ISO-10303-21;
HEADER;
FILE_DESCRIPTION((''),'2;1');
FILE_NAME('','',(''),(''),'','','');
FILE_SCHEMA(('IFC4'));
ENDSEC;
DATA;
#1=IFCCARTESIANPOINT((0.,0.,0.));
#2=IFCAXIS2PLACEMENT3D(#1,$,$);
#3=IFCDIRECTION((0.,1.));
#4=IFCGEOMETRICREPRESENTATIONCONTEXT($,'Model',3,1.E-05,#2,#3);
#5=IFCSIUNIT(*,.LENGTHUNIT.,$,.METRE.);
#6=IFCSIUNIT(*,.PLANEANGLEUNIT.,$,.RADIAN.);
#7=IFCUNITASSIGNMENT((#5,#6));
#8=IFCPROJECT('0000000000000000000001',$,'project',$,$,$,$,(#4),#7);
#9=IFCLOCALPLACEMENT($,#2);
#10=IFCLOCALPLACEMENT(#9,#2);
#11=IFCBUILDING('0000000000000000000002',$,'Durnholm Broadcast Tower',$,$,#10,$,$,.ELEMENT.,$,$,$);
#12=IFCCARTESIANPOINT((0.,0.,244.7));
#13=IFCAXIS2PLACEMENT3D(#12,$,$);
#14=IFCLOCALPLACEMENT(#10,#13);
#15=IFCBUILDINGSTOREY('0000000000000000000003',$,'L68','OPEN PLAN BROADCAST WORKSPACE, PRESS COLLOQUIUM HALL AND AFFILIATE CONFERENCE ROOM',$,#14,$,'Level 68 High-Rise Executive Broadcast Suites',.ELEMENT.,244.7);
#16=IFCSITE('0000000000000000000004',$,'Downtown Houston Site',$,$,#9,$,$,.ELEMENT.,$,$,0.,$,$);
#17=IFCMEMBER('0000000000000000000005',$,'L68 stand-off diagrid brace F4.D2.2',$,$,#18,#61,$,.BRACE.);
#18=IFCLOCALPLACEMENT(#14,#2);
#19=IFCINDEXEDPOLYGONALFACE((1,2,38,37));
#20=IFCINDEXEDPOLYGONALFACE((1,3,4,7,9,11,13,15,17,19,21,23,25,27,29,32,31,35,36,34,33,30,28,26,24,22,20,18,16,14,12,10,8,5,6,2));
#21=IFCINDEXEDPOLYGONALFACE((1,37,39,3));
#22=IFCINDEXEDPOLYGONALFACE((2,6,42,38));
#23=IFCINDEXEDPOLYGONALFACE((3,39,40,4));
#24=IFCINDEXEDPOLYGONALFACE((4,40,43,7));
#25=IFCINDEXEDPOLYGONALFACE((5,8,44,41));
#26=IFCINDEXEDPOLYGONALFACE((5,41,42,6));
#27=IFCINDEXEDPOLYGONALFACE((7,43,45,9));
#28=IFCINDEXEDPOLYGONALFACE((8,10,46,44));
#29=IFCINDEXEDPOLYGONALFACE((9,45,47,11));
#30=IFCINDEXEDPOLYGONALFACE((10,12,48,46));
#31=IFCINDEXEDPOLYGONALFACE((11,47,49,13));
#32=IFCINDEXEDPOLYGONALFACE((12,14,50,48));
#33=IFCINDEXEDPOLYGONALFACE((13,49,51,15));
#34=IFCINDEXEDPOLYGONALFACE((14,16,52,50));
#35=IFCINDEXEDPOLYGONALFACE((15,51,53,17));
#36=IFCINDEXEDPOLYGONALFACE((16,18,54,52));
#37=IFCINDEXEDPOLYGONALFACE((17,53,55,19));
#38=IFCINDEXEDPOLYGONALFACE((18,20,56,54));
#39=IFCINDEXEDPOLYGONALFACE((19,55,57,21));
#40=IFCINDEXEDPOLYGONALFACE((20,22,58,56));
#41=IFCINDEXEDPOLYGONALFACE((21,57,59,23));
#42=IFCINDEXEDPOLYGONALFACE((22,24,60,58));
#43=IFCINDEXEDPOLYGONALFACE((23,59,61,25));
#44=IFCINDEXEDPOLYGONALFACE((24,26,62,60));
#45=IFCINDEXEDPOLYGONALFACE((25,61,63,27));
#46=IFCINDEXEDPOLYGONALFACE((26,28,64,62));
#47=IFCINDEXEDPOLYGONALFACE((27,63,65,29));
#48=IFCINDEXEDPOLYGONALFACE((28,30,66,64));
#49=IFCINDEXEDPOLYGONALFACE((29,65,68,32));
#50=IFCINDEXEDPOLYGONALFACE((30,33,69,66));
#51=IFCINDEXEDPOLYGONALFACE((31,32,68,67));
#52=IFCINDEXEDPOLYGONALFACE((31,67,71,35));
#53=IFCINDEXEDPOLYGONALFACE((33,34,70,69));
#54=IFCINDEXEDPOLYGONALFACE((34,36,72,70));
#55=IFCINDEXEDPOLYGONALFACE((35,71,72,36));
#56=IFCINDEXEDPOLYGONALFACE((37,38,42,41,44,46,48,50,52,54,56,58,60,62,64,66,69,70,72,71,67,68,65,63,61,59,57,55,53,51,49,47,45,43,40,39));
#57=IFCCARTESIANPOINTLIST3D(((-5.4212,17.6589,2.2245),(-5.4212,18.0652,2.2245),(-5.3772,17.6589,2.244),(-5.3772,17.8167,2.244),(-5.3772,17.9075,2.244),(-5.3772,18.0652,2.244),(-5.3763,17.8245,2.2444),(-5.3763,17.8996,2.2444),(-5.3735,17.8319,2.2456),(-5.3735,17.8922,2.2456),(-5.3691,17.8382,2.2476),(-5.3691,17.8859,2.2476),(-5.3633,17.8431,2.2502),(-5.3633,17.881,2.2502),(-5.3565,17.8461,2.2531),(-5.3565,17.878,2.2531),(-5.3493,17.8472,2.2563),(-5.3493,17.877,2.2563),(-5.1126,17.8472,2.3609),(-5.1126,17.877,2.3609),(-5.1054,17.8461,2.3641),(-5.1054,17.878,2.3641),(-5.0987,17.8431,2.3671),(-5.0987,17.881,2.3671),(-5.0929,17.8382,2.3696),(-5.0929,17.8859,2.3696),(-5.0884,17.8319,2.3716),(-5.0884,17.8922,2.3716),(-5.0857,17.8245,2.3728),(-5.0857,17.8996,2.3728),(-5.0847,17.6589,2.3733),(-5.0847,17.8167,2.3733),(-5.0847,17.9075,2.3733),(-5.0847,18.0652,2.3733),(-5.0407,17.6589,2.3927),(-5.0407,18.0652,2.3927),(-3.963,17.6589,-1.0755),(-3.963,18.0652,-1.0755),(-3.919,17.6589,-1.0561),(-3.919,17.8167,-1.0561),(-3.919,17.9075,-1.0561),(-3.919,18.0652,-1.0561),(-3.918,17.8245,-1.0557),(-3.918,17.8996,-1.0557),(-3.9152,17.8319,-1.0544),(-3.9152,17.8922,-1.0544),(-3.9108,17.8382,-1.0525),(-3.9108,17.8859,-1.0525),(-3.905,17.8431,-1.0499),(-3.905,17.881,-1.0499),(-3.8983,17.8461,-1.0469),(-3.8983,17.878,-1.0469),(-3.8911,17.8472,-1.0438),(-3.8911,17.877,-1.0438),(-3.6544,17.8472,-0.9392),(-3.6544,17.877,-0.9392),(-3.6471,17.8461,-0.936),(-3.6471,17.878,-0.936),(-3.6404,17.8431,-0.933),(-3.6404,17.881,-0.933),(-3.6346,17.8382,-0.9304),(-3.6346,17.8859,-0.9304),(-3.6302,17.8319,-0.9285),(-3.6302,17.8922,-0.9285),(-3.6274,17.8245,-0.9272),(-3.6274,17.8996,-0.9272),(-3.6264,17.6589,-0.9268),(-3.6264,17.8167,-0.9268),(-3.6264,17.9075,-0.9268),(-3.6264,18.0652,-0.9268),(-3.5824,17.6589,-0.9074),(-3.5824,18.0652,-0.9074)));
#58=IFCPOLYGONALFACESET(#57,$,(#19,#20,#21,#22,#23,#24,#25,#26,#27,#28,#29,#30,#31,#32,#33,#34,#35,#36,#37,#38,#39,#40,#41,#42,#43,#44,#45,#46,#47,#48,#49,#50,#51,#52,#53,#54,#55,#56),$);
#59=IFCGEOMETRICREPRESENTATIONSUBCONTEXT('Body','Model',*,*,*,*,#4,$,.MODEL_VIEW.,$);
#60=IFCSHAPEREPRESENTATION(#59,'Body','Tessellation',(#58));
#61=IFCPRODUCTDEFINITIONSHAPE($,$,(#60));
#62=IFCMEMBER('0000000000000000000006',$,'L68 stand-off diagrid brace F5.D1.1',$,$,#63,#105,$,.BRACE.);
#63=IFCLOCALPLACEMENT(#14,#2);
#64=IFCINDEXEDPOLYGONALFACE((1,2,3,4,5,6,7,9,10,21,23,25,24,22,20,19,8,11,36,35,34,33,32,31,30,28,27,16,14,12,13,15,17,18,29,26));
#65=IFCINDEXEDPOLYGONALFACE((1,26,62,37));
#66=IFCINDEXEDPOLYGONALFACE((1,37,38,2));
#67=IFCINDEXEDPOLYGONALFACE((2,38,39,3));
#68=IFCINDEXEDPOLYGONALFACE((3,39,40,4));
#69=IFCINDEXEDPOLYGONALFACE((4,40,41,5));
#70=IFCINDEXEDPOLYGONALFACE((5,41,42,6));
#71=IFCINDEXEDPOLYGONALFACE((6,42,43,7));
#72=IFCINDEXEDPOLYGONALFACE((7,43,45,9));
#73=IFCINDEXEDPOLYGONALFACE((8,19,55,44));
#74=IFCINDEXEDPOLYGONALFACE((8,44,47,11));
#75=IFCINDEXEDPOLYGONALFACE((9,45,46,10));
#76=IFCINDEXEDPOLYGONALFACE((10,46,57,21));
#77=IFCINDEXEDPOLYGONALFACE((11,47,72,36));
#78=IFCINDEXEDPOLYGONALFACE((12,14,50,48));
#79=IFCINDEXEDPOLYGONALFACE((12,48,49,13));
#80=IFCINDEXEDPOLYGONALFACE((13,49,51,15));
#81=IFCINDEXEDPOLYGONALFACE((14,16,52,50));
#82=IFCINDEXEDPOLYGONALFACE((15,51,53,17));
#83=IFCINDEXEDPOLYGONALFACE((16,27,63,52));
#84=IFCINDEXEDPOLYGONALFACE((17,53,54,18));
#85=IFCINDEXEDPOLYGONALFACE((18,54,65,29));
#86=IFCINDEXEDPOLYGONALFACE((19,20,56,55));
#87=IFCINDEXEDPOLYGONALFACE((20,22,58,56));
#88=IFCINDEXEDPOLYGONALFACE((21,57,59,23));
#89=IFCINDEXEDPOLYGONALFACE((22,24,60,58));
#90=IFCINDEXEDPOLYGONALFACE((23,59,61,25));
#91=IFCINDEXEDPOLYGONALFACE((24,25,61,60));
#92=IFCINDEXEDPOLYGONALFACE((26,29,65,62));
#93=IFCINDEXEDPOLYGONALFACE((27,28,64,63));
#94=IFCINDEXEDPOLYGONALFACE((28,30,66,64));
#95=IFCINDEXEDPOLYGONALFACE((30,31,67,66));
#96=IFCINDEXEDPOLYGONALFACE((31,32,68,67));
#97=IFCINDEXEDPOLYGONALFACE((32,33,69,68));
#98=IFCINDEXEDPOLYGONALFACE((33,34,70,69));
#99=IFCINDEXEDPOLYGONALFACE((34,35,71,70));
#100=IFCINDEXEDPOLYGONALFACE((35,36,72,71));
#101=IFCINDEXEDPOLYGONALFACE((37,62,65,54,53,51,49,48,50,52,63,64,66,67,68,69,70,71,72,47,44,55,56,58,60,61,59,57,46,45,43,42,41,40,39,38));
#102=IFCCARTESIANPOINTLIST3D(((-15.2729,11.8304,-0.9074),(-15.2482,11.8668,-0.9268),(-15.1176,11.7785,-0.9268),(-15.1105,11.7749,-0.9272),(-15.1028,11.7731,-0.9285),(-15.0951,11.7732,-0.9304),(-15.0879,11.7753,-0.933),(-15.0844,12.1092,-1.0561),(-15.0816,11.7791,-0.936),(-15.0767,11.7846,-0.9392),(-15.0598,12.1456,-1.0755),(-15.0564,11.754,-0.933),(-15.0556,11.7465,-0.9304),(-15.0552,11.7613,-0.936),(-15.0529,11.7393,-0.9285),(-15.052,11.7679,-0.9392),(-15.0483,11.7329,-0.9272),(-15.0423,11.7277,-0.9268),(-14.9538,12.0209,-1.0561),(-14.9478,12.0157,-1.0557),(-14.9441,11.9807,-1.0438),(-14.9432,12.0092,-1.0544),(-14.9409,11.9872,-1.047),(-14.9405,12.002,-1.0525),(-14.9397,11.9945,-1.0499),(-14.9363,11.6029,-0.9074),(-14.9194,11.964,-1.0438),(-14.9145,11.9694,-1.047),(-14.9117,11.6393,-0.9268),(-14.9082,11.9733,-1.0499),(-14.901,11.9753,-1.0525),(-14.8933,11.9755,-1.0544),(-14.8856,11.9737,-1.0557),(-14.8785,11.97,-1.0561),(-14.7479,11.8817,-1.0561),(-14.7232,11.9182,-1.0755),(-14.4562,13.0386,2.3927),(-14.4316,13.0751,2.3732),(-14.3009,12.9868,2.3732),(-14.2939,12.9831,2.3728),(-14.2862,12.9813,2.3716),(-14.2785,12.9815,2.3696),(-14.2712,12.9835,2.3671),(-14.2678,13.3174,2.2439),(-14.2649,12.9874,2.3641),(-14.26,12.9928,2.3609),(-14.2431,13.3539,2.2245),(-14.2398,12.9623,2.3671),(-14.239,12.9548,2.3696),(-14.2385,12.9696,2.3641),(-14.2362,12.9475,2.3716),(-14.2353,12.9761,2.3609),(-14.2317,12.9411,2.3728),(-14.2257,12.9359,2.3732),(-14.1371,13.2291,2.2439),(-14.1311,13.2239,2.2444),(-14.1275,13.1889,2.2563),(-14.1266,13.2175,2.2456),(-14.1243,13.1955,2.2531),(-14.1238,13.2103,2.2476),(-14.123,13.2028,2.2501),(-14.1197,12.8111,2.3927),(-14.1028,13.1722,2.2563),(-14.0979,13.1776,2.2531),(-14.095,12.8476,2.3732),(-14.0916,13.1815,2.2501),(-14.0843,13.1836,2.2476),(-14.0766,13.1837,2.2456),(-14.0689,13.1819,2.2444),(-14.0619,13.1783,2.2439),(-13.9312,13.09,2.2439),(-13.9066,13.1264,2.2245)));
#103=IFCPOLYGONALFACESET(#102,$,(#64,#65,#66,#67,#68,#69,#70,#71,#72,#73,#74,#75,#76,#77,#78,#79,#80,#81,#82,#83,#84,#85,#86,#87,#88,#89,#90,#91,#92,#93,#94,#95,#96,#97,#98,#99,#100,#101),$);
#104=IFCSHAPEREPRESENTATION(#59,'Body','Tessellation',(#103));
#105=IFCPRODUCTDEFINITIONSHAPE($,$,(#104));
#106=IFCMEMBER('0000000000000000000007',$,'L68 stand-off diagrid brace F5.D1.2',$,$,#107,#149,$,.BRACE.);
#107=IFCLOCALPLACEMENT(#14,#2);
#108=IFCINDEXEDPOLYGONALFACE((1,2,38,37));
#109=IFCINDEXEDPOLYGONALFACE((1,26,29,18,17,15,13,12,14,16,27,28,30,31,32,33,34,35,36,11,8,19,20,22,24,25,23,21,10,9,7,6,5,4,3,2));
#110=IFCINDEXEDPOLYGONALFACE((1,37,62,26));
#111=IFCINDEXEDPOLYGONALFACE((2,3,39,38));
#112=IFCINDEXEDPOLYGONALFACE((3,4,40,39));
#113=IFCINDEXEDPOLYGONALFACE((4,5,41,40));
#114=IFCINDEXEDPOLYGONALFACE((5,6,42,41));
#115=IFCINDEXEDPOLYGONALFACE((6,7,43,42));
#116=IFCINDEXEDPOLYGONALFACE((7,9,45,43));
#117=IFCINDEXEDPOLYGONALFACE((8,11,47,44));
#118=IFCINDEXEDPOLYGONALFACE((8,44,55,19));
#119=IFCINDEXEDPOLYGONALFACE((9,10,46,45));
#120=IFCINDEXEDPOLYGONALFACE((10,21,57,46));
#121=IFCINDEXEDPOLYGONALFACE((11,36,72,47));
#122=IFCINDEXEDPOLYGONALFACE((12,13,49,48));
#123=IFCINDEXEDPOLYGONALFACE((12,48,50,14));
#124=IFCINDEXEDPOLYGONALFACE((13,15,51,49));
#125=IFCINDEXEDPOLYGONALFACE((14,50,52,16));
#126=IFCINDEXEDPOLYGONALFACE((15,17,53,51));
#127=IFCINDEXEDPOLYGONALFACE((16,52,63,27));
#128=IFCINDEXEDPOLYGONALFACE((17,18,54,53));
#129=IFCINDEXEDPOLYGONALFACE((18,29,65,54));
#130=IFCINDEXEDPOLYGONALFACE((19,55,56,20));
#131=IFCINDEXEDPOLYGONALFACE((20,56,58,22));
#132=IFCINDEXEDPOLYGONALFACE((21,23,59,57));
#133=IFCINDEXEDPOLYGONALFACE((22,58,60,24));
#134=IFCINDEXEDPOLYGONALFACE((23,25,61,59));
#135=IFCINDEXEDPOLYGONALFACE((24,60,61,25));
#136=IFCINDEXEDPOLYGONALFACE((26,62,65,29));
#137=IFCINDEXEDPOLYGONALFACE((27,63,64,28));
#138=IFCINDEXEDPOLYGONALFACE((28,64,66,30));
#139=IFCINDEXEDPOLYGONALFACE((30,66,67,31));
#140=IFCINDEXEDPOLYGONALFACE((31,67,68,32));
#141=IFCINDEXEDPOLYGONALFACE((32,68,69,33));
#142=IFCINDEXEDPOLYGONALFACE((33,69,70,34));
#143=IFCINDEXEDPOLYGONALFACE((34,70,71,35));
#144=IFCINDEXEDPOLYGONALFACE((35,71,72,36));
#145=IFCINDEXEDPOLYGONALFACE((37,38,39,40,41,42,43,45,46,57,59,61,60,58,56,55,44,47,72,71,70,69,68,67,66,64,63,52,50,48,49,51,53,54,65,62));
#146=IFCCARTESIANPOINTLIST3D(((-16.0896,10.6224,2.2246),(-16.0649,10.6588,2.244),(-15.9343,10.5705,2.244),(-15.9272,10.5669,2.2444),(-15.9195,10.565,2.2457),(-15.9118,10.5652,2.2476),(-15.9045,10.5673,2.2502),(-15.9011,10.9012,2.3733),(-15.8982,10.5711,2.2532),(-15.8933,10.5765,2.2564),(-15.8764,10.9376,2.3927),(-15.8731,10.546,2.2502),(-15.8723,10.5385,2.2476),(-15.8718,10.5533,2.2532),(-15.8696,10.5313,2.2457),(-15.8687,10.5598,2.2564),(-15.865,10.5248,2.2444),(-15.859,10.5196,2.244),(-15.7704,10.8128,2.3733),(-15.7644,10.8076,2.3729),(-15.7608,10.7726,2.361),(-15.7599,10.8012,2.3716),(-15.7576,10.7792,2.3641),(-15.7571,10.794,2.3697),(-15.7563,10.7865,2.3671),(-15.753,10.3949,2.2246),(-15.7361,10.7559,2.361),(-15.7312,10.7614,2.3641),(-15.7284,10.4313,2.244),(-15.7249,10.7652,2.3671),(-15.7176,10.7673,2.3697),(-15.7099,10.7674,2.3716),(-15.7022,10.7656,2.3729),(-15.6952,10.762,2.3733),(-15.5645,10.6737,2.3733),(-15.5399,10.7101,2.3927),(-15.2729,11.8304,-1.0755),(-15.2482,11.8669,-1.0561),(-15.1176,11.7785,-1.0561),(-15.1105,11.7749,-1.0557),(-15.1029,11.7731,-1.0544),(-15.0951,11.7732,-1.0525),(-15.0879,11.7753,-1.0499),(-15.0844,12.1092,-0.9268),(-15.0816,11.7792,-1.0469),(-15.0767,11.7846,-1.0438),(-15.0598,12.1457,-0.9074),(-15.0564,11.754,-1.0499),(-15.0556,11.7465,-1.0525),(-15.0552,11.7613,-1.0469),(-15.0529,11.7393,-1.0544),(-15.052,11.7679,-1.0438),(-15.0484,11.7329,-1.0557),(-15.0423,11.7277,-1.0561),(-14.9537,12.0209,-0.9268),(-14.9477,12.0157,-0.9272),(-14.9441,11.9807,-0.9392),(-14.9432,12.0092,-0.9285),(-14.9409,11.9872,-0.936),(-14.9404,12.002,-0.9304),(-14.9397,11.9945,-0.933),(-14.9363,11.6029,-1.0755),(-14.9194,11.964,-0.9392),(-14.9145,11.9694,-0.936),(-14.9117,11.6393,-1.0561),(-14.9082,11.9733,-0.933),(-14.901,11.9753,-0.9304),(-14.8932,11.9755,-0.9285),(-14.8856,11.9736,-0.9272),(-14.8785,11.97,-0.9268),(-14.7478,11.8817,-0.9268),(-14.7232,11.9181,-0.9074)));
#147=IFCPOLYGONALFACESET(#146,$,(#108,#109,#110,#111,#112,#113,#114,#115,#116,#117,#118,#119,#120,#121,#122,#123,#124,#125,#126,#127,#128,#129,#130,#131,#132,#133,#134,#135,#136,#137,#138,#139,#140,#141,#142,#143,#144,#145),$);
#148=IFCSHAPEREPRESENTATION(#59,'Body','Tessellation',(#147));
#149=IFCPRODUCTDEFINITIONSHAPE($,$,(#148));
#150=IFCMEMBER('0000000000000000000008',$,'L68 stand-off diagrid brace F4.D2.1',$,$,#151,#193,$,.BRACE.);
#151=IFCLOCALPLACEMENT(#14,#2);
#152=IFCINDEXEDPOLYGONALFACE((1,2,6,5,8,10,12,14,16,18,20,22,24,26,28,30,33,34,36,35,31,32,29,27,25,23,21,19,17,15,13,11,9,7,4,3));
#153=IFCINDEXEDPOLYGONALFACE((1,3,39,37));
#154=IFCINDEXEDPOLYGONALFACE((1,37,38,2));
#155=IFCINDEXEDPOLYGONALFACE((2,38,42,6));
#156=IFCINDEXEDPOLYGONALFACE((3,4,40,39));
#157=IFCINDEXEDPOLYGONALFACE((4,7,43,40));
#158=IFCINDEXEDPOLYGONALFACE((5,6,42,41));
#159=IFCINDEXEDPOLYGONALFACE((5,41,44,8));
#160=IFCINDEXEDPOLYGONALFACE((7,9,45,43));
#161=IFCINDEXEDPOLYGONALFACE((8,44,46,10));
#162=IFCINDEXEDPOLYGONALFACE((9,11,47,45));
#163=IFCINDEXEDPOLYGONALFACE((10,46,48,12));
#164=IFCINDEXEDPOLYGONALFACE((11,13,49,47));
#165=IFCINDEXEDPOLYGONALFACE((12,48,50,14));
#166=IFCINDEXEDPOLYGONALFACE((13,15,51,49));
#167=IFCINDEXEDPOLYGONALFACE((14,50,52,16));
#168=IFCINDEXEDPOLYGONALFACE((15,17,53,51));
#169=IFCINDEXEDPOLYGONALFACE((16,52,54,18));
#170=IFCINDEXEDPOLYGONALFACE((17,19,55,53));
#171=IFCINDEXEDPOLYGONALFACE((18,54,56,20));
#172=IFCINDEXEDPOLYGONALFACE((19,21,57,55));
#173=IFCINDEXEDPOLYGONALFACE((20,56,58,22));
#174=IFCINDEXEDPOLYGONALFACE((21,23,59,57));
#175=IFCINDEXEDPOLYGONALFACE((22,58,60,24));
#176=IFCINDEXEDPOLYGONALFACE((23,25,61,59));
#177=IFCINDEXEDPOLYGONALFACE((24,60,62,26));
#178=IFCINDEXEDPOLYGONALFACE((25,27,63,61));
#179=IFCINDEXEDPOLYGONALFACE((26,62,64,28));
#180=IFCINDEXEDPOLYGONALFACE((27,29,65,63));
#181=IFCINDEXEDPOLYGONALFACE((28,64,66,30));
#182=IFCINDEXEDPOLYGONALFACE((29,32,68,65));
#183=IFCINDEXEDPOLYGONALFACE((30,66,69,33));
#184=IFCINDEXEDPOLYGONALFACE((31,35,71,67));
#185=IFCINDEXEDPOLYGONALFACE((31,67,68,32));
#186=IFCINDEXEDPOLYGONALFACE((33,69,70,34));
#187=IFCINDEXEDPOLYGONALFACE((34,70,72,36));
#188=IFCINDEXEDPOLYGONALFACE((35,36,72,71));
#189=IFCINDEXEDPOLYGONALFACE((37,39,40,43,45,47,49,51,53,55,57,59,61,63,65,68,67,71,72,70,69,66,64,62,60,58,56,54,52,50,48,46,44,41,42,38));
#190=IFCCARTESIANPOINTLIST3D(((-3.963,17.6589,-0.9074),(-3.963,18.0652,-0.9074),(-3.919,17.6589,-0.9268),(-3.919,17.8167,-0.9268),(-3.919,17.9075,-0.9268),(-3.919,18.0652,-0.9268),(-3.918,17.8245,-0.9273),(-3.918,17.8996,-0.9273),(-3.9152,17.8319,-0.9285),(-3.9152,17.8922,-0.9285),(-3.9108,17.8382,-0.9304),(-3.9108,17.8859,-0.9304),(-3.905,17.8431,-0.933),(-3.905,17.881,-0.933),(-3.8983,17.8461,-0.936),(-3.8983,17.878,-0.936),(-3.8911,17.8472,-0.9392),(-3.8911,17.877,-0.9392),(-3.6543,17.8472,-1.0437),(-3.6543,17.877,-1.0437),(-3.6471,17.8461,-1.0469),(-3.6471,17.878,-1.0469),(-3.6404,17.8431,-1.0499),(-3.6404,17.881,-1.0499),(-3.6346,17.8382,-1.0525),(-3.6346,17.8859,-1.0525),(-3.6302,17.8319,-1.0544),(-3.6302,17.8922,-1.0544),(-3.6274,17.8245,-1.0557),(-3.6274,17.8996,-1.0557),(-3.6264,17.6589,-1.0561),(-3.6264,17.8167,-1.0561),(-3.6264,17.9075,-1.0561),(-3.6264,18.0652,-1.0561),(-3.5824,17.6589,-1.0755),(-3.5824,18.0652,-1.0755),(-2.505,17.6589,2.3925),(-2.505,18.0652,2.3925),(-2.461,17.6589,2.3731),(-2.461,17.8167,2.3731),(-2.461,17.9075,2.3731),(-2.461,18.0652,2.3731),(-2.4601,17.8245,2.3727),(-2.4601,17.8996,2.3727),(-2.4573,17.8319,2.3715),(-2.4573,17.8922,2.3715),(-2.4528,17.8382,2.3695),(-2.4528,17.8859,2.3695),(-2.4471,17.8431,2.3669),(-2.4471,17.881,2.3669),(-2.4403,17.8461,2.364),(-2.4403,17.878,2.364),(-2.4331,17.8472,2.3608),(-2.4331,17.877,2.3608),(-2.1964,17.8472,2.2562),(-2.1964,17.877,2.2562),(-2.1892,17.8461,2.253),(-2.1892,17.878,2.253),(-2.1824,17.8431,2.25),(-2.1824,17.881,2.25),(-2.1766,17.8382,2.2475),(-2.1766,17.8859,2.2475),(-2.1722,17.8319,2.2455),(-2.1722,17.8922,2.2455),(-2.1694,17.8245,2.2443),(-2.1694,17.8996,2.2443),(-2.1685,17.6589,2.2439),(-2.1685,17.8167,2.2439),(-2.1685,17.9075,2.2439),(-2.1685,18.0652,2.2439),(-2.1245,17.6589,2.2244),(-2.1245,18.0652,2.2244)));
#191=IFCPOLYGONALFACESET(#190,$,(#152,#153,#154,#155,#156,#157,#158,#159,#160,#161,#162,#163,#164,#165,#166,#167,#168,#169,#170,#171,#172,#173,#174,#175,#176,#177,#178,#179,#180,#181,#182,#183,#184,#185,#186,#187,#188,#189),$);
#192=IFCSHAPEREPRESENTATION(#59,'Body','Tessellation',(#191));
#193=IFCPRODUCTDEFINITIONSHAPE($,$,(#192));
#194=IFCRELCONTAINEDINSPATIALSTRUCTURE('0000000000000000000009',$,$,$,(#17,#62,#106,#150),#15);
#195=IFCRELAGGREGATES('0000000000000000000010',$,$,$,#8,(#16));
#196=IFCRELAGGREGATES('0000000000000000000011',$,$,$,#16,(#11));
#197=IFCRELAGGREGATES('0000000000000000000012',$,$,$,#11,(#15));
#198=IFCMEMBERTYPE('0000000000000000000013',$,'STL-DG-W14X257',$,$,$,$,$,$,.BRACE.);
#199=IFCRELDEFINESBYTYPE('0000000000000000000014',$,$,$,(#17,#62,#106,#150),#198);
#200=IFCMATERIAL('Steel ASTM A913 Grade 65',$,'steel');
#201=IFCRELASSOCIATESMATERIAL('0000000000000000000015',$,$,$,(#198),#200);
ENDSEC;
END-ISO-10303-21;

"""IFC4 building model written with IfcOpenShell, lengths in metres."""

from ifc_helpers import new_model, si_unit, direction, frame, origin, origin_2d, place, context, subcontext, project, spatial, i_section, extrude, source, transform, mapped, material, material_profile, profile_set, type_object, type_shapes, element, save


model = new_model("IFC4")

# Units and contexts
model_context = context("Model", 3, precision=1e-05, world=origin(), true_north=direction((0.0, 1.0)))
body_context = subcontext(model_context, "Body", "Model", "MODEL_VIEW")
ifc_project = project(units=[si_unit("LENGTHUNIT", "METRE"), si_unit("PLANEANGLEUNIT", "RADIAN")], contexts=[model_context])

# Site, building, storey
site_placement = place(None, origin())
site = spatial("IfcSite", under=ifc_project, at=site_placement, Name="Downtown Houston Site", CompositionType="ELEMENT", RefElevation=0.0)
building_placement = place(site_placement, origin())
building = spatial("IfcBuilding", under=site, at=building_placement, Name="Durnholm Broadcast Tower", CompositionType="ELEMENT")
storey_placement = place(building_placement, frame((0.0, 0.0, 244.7)))
storey = spatial("IfcBuildingStorey", under=building, at=storey_placement, Name="L68", Description="OPEN PLAN BROADCAST WORKSPACE, PRESS COLLOQUIUM HALL AND AFFILIATE CONFERENCE ROOM", LongName="Level 68 High-Rise Executive Broadcast Suites", CompositionType="ELEMENT", Elevation=244.7)

# Members
ifc_material_1 = material(Name="Steel ASTM A913 Grade 65", Category="steel")
ifc_material_profile_1 = material_profile(ifc_material_1, i_section(OverallWidth=0.4062, OverallDepth=0.416, WebThickness=0.0298, FlangeThickness=0.0481, FilletRadius=0.0305, at=origin_2d()), Name="W14X257")
ifc_profile_set_1 = profile_set([ifc_material_profile_1], Name="Steel ASTM A913 Grade 65")
member_type_1 = type_object("IfcMemberType", Name="STL-DG-W14X257", PredefinedType="BRACE", material=ifc_profile_set_1)
shared_shape_1 = source(origin(), body_context, "Body", "SweptSolid", [
    extrude(i_section(OverallWidth=0.4062, OverallDepth=0.416, WebThickness=0.0298, FlangeThickness=0.0481, FilletRadius=0.0305, at=origin_2d()), origin(), (0.0, 0.0, 1.0), 3.6079),
])
for number, where, z_axis, x_axis, name in (
    (1, (-3.7727, 17.8621, -0.9915), (-0.404185, 0.0, 0.914677), (0.0, -1.0, 0.0), "L68 stand-off diagrid brace F4.D2.2"),
    (2, (-14.998, 11.8743, -0.9915), (0.226349, 0.334888, 0.914667), (-0.828505, 0.559982, 0.0), "L68 stand-off diagrid brace F5.D1.1"),
    (3, (-14.998, 11.8743, -0.9915), (-0.226354, -0.334828, 0.914688), (0.828452, -0.560059, 0.0), "L68 stand-off diagrid brace F5.D1.2"),
):
    element("IfcMember", number, at=place(storey_placement, frame(where, z_axis=z_axis, x_axis=x_axis)), inside=storey, type_object=member_type_1, Name=name, PredefinedType="BRACE", context=body_context, shape_type="MappedRepresentation", body=[
        mapped(shared_shape_1, transform((0.0, 0.0, 0.0), x_axis=(1.0, 0.0, 0.0), y_axis=(0.0, 1.0, 0.0), z_axis=(0.0, 0.0, 1.0), scale=1.0)),
    ])
shared_shape_2 = source(origin(), body_context, "Body", "SweptSolid", [
    extrude(i_section(OverallWidth=0.4062, OverallDepth=0.416, WebThickness=0.0298, FlangeThickness=0.0481, FilletRadius=0.0305, at=origin_2d()), origin(), (0.0, 0.0, 1.0), 3.6077),
])
type_shapes(member_type_1, [shared_shape_1, shared_shape_2])
member_1_placement = place(storey_placement, frame((-3.7727, 17.8621, -0.9915), z_axis=(0.404128, 0.0, 0.914702), x_axis=(0.0, 1.0, 0.0)))
element("IfcMember", 4, at=member_1_placement, inside=storey, type_object=member_type_1, Name="L68 stand-off diagrid brace F4.D2.1", PredefinedType="BRACE", context=body_context, shape_type="MappedRepresentation", body=[
    mapped(shared_shape_2, transform((0.0, 0.0, 0.0), x_axis=(1.0, 0.0, 0.0), y_axis=(0.0, 1.0, 0.0), z_axis=(0.0, 0.0, 1.0), scale=1.0)),
])

save(model, "model.ifc")
